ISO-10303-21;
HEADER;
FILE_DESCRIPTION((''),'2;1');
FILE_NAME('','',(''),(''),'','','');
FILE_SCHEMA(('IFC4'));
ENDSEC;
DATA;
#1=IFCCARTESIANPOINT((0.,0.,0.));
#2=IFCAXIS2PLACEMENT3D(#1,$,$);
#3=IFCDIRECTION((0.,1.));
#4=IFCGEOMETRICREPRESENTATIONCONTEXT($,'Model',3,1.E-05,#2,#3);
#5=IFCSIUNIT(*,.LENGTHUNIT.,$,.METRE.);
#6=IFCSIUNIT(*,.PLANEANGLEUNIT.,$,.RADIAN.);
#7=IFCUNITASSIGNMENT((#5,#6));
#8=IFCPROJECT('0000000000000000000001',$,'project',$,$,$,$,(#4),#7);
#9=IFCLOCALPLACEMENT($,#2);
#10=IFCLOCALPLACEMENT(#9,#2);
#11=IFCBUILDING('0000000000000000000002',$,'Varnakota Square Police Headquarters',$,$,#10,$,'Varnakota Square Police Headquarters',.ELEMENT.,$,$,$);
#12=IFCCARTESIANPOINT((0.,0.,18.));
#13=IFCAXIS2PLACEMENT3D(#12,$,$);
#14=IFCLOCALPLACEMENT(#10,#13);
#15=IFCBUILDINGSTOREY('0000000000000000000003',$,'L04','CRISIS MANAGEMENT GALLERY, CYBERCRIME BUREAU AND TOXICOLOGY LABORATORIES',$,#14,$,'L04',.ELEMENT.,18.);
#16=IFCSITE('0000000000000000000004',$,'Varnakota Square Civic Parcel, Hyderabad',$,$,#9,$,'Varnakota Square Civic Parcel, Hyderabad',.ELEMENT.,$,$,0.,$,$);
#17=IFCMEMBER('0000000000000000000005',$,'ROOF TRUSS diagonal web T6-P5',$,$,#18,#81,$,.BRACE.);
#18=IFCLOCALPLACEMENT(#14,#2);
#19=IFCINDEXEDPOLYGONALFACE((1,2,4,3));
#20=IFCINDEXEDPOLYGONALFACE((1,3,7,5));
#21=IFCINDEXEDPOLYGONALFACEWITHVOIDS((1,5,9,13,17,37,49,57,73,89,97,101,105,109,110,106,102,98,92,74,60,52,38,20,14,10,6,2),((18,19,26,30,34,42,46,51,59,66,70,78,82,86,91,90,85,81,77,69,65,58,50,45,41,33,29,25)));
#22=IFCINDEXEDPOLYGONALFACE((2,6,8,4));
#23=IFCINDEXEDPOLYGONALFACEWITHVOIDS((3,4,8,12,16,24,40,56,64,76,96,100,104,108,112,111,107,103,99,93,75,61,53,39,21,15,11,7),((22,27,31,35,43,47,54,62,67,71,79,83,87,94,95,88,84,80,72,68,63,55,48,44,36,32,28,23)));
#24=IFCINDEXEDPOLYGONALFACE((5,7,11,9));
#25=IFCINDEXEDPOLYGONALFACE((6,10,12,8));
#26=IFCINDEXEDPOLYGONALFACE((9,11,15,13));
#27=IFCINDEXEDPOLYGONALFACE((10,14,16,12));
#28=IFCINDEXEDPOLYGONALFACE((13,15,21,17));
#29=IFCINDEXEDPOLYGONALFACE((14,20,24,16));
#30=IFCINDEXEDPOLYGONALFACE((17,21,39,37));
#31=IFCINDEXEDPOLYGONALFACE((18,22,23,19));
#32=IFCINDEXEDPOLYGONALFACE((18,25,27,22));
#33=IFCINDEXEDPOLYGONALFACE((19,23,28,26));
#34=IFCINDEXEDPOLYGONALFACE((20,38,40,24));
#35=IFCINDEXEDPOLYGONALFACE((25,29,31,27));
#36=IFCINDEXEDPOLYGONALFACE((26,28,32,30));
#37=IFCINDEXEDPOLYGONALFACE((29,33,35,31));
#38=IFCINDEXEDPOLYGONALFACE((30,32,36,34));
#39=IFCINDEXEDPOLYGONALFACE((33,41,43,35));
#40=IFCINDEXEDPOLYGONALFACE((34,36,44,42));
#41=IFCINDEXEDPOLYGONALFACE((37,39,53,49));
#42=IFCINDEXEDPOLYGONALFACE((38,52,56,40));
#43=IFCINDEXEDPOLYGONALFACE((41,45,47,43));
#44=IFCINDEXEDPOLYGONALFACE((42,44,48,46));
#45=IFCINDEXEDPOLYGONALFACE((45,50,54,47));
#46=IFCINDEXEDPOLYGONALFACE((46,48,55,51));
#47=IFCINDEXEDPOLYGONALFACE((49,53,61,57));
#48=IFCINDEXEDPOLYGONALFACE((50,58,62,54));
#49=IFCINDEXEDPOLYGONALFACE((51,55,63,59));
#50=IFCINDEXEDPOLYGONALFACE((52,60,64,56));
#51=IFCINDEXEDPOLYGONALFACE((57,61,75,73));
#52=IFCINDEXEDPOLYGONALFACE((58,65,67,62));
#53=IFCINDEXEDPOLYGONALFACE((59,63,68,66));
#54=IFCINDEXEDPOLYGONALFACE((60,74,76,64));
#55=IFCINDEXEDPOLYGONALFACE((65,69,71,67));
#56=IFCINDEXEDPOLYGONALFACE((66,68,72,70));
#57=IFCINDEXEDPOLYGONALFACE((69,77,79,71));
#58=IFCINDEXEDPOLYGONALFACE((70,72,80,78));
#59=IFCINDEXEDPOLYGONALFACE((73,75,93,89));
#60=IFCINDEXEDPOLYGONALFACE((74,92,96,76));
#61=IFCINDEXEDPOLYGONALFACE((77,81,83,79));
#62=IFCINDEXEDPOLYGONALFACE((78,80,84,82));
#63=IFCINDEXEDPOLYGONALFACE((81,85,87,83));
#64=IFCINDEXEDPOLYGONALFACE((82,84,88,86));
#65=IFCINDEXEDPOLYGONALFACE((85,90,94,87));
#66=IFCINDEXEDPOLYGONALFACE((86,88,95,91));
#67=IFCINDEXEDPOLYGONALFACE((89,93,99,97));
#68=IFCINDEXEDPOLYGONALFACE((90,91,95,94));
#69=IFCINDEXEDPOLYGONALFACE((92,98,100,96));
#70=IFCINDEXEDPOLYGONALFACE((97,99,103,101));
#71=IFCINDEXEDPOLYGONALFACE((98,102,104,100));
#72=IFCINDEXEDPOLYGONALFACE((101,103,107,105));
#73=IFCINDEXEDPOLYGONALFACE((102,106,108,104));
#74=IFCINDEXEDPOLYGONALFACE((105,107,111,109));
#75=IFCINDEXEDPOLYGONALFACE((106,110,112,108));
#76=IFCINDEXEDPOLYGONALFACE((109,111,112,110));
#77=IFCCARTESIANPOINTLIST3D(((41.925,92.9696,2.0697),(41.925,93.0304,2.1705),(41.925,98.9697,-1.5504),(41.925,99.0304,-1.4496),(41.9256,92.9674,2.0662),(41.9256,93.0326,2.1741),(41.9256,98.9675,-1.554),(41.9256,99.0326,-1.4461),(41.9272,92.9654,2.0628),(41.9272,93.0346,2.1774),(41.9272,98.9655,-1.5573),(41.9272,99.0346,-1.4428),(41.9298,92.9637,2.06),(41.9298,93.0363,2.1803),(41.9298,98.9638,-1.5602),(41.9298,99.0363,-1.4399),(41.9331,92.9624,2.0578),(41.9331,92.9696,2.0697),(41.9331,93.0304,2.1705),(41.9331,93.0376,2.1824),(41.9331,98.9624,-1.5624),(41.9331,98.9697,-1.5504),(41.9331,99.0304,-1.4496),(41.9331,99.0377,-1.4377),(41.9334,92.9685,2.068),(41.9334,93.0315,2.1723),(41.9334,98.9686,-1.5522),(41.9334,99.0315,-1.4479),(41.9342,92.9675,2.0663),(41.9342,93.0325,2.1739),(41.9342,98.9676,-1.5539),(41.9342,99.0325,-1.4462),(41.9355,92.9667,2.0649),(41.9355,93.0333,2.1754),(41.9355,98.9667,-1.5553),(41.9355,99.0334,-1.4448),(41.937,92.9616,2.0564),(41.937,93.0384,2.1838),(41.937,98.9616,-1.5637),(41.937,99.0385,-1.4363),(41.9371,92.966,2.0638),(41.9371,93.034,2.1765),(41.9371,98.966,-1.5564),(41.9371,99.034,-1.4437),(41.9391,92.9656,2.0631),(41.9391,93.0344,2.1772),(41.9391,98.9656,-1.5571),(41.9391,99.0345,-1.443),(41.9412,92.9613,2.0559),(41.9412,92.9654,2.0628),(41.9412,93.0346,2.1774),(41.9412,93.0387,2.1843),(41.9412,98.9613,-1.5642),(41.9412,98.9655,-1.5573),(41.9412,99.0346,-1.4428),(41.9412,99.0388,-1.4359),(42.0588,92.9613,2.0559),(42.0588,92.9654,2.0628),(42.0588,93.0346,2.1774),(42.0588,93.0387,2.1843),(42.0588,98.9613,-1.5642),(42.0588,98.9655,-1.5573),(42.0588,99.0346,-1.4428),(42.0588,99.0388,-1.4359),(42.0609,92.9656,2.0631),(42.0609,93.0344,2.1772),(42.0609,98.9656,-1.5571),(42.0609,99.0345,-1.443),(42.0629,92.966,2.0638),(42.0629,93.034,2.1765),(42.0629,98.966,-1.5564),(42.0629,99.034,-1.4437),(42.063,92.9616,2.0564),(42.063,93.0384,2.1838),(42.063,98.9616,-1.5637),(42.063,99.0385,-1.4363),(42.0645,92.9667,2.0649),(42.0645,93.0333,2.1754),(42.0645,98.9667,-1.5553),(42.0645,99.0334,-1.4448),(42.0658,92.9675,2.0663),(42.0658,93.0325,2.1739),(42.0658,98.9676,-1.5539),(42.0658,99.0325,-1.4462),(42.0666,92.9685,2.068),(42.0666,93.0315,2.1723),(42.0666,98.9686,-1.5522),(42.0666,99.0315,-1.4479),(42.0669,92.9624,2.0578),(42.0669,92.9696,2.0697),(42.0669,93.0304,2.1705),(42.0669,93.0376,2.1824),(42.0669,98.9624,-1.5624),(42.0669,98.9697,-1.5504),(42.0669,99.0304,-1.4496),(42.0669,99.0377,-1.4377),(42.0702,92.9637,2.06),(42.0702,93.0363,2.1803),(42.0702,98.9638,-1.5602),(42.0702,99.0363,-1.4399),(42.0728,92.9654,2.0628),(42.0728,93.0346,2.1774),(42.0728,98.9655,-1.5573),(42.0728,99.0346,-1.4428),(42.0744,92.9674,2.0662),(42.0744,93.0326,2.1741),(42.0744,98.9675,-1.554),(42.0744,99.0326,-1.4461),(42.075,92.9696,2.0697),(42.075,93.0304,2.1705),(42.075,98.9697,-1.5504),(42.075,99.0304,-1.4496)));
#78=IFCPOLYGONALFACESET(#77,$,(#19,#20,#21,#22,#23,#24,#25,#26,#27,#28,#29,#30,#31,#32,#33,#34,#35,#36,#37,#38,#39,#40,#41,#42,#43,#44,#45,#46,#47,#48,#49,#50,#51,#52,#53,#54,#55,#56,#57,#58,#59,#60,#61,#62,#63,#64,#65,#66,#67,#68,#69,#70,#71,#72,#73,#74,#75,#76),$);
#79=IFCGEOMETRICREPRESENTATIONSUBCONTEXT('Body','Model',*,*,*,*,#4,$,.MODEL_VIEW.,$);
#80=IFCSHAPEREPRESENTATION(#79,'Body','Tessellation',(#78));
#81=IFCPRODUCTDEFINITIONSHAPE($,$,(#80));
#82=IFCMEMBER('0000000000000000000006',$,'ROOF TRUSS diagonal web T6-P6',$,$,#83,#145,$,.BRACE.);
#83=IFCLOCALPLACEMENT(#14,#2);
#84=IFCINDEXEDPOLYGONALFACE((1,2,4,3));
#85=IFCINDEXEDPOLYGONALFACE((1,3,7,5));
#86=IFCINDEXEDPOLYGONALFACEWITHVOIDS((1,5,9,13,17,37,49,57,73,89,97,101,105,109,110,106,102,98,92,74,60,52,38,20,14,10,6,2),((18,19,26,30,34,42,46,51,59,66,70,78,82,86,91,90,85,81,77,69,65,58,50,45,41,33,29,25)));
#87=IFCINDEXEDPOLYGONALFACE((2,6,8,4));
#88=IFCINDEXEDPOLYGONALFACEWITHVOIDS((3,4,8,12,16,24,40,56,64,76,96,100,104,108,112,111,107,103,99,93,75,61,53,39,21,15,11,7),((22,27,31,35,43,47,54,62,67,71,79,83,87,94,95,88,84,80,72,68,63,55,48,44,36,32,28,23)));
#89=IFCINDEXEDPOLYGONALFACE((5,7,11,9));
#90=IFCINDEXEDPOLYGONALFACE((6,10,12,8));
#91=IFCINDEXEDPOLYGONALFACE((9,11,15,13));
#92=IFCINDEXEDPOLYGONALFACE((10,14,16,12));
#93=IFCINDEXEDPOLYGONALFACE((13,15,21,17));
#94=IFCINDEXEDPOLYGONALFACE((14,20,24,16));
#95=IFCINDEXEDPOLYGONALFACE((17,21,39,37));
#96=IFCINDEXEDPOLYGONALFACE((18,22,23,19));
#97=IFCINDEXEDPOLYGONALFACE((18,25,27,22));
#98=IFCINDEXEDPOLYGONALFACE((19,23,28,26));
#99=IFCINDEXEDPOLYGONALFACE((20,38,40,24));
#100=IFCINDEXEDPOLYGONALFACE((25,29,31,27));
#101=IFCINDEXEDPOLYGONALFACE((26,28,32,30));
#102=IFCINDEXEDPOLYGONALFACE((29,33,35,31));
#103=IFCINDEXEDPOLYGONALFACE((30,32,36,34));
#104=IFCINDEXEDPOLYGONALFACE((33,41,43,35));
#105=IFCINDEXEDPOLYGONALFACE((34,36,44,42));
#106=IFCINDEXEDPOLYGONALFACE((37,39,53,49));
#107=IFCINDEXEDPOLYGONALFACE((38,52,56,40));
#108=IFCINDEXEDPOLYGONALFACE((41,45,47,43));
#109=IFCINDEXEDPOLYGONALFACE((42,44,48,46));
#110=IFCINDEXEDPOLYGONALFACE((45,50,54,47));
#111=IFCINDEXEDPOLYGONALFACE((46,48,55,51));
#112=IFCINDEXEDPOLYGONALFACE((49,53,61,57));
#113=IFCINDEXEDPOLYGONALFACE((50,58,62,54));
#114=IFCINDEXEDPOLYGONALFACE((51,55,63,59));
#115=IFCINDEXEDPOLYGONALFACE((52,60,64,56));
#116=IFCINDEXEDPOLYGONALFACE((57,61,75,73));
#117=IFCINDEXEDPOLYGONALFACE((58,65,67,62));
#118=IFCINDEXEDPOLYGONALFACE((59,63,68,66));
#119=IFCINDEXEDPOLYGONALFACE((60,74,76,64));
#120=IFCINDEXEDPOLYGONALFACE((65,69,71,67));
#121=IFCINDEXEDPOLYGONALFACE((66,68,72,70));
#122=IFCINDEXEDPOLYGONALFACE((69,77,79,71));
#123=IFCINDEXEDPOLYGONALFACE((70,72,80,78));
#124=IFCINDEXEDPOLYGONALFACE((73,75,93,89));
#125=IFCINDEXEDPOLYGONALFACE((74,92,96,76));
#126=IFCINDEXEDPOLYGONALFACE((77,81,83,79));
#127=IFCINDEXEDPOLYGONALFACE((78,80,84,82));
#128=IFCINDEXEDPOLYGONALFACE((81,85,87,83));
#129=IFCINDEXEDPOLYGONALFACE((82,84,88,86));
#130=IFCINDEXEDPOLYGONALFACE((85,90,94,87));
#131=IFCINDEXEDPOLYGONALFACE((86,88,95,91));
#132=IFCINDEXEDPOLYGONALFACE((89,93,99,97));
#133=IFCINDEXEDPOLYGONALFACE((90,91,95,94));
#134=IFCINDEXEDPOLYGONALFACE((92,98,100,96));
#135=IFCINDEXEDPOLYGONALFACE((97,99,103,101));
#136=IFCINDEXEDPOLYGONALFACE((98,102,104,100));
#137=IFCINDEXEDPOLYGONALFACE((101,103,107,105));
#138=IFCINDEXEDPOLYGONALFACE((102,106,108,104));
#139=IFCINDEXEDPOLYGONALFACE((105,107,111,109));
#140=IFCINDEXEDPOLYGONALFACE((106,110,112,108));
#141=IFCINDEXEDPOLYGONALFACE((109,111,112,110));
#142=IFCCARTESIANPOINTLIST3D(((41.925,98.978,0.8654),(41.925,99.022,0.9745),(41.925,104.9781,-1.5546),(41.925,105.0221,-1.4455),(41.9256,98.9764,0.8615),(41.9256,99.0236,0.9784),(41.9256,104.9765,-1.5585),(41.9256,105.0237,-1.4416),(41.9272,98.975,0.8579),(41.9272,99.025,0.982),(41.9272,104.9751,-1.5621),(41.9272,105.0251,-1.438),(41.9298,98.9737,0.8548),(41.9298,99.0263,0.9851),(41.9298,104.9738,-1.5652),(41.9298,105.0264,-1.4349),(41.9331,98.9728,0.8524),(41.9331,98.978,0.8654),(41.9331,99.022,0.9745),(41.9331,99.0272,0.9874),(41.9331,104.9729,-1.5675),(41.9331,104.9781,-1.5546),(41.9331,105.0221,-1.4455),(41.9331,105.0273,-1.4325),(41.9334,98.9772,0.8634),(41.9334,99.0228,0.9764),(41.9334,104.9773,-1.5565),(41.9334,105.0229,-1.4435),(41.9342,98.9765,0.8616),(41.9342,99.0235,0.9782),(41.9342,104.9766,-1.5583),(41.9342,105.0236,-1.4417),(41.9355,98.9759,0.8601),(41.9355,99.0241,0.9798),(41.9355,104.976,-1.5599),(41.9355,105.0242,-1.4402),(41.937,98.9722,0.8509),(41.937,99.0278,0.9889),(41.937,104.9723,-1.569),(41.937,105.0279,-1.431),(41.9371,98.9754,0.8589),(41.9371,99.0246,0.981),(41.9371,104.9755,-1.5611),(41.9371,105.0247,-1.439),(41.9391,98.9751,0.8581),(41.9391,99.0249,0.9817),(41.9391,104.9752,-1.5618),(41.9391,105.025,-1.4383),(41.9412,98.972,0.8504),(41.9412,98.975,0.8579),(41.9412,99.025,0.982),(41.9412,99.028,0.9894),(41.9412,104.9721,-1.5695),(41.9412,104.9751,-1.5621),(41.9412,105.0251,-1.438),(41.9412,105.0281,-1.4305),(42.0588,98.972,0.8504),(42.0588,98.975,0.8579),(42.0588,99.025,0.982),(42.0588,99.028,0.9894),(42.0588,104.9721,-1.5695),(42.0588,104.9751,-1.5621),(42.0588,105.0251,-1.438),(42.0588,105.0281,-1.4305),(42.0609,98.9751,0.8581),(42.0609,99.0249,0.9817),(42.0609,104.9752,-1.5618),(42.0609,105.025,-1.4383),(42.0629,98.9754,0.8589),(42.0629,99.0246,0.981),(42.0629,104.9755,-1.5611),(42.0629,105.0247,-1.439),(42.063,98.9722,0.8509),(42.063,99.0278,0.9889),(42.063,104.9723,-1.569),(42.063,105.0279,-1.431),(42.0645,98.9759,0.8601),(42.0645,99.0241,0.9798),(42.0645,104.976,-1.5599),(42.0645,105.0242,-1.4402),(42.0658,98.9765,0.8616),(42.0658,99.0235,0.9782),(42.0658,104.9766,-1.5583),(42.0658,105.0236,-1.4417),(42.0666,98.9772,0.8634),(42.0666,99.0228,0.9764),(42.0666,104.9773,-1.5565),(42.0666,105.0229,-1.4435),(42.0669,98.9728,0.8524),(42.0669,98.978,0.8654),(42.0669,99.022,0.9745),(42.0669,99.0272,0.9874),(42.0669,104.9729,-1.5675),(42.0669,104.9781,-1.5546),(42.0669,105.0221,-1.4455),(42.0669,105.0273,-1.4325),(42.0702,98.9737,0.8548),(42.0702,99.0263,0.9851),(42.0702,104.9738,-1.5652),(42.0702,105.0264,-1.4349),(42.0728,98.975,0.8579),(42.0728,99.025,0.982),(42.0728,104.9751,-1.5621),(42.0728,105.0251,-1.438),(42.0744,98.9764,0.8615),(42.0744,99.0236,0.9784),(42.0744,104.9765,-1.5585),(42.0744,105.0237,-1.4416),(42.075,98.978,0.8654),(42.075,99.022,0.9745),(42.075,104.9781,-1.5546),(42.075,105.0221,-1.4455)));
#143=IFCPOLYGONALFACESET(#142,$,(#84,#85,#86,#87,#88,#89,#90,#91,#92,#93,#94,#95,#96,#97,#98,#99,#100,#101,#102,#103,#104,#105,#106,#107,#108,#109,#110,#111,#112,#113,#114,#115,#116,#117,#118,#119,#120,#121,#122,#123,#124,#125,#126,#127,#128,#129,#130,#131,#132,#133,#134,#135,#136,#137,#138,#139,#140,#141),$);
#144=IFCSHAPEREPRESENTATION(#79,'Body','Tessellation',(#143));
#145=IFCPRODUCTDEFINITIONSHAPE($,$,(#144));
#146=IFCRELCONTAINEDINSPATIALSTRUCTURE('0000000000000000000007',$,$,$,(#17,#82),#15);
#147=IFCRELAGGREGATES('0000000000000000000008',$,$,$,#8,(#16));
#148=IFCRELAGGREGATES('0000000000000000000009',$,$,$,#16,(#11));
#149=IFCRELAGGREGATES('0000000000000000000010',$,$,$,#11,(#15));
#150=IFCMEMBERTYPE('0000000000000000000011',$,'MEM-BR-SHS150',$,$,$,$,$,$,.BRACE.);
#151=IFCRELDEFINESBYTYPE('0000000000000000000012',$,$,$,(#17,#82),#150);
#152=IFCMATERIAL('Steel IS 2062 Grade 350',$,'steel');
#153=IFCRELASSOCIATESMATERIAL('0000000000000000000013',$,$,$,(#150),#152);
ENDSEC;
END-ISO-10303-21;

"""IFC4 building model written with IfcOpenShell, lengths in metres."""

from ifc_helpers import new_model, si_unit, direction, frame, origin, origin_2d, place, context, subcontext, project, spatial, hollow_rectangle, extrude, material, material_profile, profile_set, type_object, element, save


model = new_model("IFC4")

# Units and contexts
model_context = context("Model", 3, precision=1e-05, world=origin(), true_north=direction((0.0, 1.0)))
body_context = subcontext(model_context, "Body", "Model", "MODEL_VIEW")
ifc_project = project(units=[si_unit("LENGTHUNIT", "METRE"), si_unit("PLANEANGLEUNIT", "RADIAN")], contexts=[model_context])

# Site, building, storey
site_placement = place(None, origin())
site = spatial("IfcSite", under=ifc_project, at=site_placement, Name="Varnakota Square Civic Parcel, Hyderabad", LongName="Varnakota Square Civic Parcel, Hyderabad", CompositionType="ELEMENT", RefElevation=0.0)
building_placement = place(site_placement, origin())
building = spatial("IfcBuilding", under=site, at=building_placement, Name="Varnakota Square Police Headquarters", LongName="Varnakota Square Police Headquarters", CompositionType="ELEMENT")
storey_placement = place(building_placement, frame((0.0, 0.0, 18.0)))
storey = spatial("IfcBuildingStorey", under=building, at=storey_placement, Name="L04", Description="CRISIS MANAGEMENT GALLERY, CYBERCRIME BUREAU AND TOXICOLOGY LABORATORIES", LongName="L04", CompositionType="ELEMENT", Elevation=18.0)

# Shared definitions
ifc_material_1 = material(Name="Steel IS 2062 Grade 350", Category="steel")

# Members
ifc_material_profile_1 = material_profile(ifc_material_1, hollow_rectangle(XDim=0.1499, YDim=0.1499, WallThickness=0.0081, InnerFilletRadius=0.0081, OuterFilletRadius=0.0161, at=origin_2d()), Name="SHS 150x150x8")
ifc_profile_set_1 = profile_set([ifc_material_profile_1], Name="Steel IS 2062 Grade 350")
member_type_1 = type_object("IfcMemberType", Name="MEM-BR-SHS150", PredefinedType="BRACE", material=ifc_profile_set_1)
member_1_placement = place(storey_placement, frame((42.0, 93.0, 2.1201), z_axis=(0.0, 0.856224, -0.516605), x_axis=(-1.0, 0.0, 0.0)))
element("IfcMember", 1, at=member_1_placement, inside=storey, type_object=member_type_1, Name="ROOF TRUSS diagonal web T6-P5", PredefinedType="BRACE", context=body_context, shape_type="SweptSolid", body=[
    extrude(hollow_rectangle(XDim=0.1499, YDim=0.1499, WallThickness=0.0081, InnerFilletRadius=0.0081, OuterFilletRadius=0.0161, at=origin_2d()), origin(), (0.0, 0.0, 1.0), 7.0076),
])
member_2_placement = place(storey_placement, frame((42.0, 99.0, 0.9199), z_axis=(0.0, 0.927411, -0.374044), x_axis=(-1.0, 0.0, 0.0)))
element("IfcMember", 2, at=member_2_placement, inside=storey, type_object=member_type_1, Name="ROOF TRUSS diagonal web T6-P6", PredefinedType="BRACE", context=body_context, shape_type="SweptSolid", body=[
    extrude(hollow_rectangle(XDim=0.1499, YDim=0.1499, WallThickness=0.0081, InnerFilletRadius=0.0081, OuterFilletRadius=0.0161, at=origin_2d()), origin(), (0.0, 0.0, 1.0), 6.4697),
])

save(model, "model.ifc")
